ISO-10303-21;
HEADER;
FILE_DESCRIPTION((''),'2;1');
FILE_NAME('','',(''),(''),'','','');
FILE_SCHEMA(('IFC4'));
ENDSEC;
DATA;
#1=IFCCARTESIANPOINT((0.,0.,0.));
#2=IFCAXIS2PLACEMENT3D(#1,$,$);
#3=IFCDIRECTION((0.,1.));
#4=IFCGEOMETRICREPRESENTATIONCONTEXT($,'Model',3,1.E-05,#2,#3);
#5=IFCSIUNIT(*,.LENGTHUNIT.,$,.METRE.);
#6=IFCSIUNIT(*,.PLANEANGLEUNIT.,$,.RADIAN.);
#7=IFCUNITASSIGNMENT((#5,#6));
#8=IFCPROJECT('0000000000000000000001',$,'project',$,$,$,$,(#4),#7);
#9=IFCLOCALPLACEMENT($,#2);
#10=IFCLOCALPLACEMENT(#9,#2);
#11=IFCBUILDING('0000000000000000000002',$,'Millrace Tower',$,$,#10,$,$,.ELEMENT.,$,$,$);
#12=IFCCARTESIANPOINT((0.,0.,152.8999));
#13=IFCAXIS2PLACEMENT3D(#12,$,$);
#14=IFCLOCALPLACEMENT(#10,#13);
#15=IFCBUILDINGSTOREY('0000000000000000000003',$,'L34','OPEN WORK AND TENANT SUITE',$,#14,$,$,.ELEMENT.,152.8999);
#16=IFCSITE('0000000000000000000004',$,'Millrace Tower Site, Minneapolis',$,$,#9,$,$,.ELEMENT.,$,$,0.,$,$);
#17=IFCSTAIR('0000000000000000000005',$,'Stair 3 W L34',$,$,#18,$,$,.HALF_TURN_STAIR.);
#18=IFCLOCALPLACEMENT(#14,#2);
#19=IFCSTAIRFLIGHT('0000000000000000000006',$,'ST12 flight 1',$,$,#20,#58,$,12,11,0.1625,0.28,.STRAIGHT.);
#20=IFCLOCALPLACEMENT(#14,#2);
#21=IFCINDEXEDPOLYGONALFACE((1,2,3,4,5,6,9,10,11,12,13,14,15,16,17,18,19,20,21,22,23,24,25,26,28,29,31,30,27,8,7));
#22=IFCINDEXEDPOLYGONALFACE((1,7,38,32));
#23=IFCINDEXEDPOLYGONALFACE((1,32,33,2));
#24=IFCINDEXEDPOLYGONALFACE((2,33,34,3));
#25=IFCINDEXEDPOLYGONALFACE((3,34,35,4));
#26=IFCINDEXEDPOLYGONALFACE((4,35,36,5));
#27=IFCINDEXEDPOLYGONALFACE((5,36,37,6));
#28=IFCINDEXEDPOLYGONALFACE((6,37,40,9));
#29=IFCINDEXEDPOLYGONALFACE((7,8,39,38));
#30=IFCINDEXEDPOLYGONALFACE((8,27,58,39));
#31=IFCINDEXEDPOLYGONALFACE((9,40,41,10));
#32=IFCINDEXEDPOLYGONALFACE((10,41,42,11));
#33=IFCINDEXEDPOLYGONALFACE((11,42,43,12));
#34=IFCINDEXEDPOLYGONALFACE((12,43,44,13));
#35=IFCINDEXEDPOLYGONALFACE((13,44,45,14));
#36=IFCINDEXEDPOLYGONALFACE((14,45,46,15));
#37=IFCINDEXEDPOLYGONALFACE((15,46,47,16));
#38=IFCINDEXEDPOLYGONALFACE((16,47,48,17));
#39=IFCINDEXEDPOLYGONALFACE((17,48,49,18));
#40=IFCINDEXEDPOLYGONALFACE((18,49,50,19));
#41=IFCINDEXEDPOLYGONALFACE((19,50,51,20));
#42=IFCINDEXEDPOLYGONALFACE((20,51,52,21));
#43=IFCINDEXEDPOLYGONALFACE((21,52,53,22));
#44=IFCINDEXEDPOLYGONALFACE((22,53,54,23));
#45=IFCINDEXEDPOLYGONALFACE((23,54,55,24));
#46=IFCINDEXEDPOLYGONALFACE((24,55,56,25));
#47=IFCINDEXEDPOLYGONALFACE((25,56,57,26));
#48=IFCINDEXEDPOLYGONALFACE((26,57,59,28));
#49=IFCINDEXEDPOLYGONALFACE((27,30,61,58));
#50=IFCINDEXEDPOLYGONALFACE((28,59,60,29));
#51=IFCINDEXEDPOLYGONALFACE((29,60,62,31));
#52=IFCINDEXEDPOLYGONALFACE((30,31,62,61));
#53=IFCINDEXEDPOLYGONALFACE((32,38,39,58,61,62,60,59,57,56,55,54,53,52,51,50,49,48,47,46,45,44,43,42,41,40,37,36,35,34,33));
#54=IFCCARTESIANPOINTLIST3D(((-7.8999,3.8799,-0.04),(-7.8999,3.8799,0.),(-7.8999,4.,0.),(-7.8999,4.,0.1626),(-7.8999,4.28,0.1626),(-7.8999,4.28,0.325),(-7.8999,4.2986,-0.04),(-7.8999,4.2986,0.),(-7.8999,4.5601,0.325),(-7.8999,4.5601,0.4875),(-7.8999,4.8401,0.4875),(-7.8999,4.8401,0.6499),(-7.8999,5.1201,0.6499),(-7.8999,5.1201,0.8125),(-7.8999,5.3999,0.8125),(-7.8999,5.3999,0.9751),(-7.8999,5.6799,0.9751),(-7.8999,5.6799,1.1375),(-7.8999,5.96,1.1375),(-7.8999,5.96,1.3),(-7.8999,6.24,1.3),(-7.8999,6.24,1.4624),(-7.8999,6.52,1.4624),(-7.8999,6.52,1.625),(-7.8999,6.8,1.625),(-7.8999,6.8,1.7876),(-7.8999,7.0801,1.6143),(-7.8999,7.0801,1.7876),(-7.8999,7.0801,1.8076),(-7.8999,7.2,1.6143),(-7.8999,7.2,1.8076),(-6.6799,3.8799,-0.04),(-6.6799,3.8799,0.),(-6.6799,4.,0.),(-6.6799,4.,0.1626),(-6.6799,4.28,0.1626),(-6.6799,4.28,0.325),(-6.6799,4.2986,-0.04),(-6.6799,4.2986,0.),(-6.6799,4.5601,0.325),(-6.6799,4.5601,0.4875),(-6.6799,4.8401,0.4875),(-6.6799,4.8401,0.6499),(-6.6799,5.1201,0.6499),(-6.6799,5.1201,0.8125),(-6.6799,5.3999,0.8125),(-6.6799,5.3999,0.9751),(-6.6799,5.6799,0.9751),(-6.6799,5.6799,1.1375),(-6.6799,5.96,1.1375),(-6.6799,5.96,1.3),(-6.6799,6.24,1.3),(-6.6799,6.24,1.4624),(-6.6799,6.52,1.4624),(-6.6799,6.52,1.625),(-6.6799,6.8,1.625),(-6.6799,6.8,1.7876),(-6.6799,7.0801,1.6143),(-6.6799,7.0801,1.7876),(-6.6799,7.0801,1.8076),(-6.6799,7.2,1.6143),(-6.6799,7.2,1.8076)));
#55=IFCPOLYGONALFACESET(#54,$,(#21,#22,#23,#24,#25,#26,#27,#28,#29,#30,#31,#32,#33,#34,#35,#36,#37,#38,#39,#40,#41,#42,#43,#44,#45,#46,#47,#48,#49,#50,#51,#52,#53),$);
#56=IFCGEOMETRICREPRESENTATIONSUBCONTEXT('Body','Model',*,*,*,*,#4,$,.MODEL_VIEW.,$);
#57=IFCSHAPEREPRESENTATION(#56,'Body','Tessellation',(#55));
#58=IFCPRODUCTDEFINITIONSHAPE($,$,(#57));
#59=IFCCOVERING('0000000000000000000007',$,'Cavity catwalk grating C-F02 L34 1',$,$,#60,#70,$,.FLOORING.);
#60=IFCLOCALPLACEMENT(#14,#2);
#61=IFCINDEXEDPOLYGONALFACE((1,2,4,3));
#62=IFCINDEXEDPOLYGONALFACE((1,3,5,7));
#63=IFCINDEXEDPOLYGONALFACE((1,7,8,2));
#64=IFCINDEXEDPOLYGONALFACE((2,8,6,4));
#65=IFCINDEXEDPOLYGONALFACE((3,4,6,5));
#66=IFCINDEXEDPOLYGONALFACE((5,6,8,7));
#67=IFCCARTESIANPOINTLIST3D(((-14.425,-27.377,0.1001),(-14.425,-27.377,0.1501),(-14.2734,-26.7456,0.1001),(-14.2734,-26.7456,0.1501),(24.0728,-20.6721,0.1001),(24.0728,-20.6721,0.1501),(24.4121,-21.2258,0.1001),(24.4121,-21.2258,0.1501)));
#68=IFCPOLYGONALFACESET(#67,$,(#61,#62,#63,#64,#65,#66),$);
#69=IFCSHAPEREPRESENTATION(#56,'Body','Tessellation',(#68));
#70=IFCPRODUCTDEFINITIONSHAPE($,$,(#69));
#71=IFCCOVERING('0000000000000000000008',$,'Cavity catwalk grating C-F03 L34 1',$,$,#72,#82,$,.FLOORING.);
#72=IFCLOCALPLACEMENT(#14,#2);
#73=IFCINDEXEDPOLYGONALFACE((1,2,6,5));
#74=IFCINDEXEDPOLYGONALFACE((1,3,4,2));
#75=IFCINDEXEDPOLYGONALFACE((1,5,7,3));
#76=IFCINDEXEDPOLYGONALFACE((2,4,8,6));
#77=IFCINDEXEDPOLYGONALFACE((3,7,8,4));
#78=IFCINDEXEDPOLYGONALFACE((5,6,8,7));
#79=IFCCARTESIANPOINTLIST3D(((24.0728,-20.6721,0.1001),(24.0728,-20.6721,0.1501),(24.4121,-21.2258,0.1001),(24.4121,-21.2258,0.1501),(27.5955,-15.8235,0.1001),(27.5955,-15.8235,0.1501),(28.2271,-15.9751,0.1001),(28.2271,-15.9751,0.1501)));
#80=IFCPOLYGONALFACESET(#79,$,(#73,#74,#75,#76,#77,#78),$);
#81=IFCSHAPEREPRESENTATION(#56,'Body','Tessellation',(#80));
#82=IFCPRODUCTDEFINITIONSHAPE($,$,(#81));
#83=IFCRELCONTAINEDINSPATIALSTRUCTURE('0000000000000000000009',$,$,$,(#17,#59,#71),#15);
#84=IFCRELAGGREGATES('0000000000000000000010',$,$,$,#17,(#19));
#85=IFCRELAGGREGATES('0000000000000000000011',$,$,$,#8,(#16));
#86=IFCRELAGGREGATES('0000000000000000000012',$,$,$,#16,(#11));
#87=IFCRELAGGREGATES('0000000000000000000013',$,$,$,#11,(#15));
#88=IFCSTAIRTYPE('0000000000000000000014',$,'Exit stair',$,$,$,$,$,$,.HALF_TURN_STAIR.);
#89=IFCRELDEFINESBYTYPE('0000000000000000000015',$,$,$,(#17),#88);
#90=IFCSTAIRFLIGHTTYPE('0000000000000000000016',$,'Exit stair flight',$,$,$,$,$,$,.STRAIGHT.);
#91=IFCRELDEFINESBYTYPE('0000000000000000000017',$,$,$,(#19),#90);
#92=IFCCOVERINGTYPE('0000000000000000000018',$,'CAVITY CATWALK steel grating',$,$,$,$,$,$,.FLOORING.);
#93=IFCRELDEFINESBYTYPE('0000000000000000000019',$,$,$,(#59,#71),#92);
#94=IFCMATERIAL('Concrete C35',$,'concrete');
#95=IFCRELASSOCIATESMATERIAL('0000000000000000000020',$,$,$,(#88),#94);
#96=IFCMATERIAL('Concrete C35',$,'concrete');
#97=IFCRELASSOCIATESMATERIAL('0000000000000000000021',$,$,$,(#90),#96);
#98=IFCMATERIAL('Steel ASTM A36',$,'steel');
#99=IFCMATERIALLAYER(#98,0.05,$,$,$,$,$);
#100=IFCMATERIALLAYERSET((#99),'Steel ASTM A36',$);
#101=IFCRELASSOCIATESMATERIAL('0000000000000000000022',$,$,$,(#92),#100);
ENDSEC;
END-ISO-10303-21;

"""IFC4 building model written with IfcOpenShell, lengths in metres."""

from ifc_helpers import new_model, si_unit, direction, frame, origin, place, context, subcontext, project, spatial, polyline, outline, extrude, material, layer, layer_set, type_object, element, aggregate, save


model = new_model("IFC4")

# Units and contexts
model_context = context("Model", 3, precision=1e-05, world=origin(), true_north=direction((0.0, 1.0)))
body_context = subcontext(model_context, "Body", "Model", "MODEL_VIEW")
ifc_project = project(units=[si_unit("LENGTHUNIT", "METRE"), si_unit("PLANEANGLEUNIT", "RADIAN")], contexts=[model_context])

# Site, building, storey
site_placement = place(None, origin())
site = spatial("IfcSite", under=ifc_project, at=site_placement, Name="Millrace Tower Site, Minneapolis", CompositionType="ELEMENT", RefElevation=0.0)
building_placement = place(site_placement, origin())
building = spatial("IfcBuilding", under=site, at=building_placement, Name="Millrace Tower", CompositionType="ELEMENT")
storey_placement = place(building_placement, frame((0.0, 0.0, 152.8999)))
storey = spatial("IfcBuildingStorey", under=building, at=storey_placement, Name="L34", Description="OPEN WORK AND TENANT SUITE", CompositionType="ELEMENT", Elevation=152.8999)

# Shared definitions
placement_1 = place(storey_placement, origin())

# Stair, stair flight
ifc_material_1 = material(Name="Concrete C35", Category="concrete")
stair_type = type_object("IfcStairType", Name="Exit stair", PredefinedType="HALF_TURN_STAIR", material=ifc_material_1)
ifc_material_2 = material(Name="Concrete C35", Category="concrete")
stair_flight_type = type_object("IfcStairFlightType", Name="Exit stair flight", PredefinedType="STRAIGHT", material=ifc_material_2)
stair_1 = element("IfcStair", 1, at=placement_1, inside=storey, type_object=stair_type, Name="Stair 3 W L34", PredefinedType="HALF_TURN_STAIR")
stair_flight_1_placement = place(storey_placement, frame((-7.29, 4.0, 0.0), z_axis=(0.0, 0.0, 1.0), x_axis=(0.0, 1.0, 0.0)))
stair_flight_1 = element("IfcStairFlight", 2, at=stair_flight_1_placement, type_object=stair_flight_type, Name="ST12 flight 1", NumberOfRisers=12, NumberOfTreads=11, PredefinedType="STRAIGHT", RiserHeight=0.1625, TreadLength=0.28, context=body_context, shape_type="SweptSolid", body=[
    extrude(outline(polyline([(-0.1201, -0.04), (-0.1201, 0.0), (0.0, 0.0), (0.0, 0.1626), (0.28, 0.1626), (0.28, 0.325), (0.5601, 0.325), (0.5601, 0.4875), (0.8401, 0.4875), (0.8401, 0.6499), (1.1201, 0.6499), (1.1201, 0.8125), (1.3999, 0.8125), (1.3999, 0.9751), (1.6799, 0.9751), (1.6799, 1.1375), (1.96, 1.1375), (1.96, 1.3), (2.24, 1.3), (2.24, 1.4624), (2.52, 1.4624), (2.52, 1.625), (2.8, 1.625), (2.8, 1.7876), (3.0801, 1.7876), (3.0801, 1.8076), (3.2, 1.8076), (3.2, 1.6143), (3.0801, 1.6143), (0.2986, 0.0), (0.2986, -0.04), (-0.1201, -0.04)])), frame((0.0, 0.6099, 0.0), z_axis=(0.0, -1.0, 0.0), x_axis=(1.0, 0.0, 0.0)), (0.0, 0.0, 1.0), 1.22),
])
aggregate(stair_1, [stair_flight_1])

# Coverings
ifc_material_3 = material(Name="Steel ASTM A36", Category="steel")
ifc_layer_1 = layer(ifc_material_3, 0.05)
ifc_layer_set_1 = layer_set([ifc_layer_1], Name="Steel ASTM A36")
covering_type = type_object("IfcCoveringType", Name="CAVITY CATWALK steel grating", PredefinedType="FLOORING", material=ifc_layer_set_1)
placement_2 = place(storey_placement, frame((0.0, 0.0, 0.1001)))
element("IfcCovering", 3, at=placement_2, inside=storey, type_object=covering_type, Name="Cavity catwalk grating C-F02 L34 1", PredefinedType="FLOORING", context=body_context, shape_type="SweptSolid", body=[
    extrude(outline(polyline([(-14.425, -27.377), (24.4121, -21.2258), (24.0728, -20.6721), (-14.2734, -26.7456), (-14.425, -27.377)])), origin(), (0.0, 0.0, 1.0), 0.05),
])
element("IfcCovering", 4, at=placement_2, inside=storey, type_object=covering_type, Name="Cavity catwalk grating C-F03 L34 1", PredefinedType="FLOORING", context=body_context, shape_type="SweptSolid", body=[
    extrude(outline(polyline([(24.4121, -21.2258), (28.2271, -15.9751), (27.5955, -15.8235), (24.0728, -20.6721), (24.4121, -21.2258)])), origin(), (0.0, 0.0, 1.0), 0.05),
])

save(model, "model.ifc")
